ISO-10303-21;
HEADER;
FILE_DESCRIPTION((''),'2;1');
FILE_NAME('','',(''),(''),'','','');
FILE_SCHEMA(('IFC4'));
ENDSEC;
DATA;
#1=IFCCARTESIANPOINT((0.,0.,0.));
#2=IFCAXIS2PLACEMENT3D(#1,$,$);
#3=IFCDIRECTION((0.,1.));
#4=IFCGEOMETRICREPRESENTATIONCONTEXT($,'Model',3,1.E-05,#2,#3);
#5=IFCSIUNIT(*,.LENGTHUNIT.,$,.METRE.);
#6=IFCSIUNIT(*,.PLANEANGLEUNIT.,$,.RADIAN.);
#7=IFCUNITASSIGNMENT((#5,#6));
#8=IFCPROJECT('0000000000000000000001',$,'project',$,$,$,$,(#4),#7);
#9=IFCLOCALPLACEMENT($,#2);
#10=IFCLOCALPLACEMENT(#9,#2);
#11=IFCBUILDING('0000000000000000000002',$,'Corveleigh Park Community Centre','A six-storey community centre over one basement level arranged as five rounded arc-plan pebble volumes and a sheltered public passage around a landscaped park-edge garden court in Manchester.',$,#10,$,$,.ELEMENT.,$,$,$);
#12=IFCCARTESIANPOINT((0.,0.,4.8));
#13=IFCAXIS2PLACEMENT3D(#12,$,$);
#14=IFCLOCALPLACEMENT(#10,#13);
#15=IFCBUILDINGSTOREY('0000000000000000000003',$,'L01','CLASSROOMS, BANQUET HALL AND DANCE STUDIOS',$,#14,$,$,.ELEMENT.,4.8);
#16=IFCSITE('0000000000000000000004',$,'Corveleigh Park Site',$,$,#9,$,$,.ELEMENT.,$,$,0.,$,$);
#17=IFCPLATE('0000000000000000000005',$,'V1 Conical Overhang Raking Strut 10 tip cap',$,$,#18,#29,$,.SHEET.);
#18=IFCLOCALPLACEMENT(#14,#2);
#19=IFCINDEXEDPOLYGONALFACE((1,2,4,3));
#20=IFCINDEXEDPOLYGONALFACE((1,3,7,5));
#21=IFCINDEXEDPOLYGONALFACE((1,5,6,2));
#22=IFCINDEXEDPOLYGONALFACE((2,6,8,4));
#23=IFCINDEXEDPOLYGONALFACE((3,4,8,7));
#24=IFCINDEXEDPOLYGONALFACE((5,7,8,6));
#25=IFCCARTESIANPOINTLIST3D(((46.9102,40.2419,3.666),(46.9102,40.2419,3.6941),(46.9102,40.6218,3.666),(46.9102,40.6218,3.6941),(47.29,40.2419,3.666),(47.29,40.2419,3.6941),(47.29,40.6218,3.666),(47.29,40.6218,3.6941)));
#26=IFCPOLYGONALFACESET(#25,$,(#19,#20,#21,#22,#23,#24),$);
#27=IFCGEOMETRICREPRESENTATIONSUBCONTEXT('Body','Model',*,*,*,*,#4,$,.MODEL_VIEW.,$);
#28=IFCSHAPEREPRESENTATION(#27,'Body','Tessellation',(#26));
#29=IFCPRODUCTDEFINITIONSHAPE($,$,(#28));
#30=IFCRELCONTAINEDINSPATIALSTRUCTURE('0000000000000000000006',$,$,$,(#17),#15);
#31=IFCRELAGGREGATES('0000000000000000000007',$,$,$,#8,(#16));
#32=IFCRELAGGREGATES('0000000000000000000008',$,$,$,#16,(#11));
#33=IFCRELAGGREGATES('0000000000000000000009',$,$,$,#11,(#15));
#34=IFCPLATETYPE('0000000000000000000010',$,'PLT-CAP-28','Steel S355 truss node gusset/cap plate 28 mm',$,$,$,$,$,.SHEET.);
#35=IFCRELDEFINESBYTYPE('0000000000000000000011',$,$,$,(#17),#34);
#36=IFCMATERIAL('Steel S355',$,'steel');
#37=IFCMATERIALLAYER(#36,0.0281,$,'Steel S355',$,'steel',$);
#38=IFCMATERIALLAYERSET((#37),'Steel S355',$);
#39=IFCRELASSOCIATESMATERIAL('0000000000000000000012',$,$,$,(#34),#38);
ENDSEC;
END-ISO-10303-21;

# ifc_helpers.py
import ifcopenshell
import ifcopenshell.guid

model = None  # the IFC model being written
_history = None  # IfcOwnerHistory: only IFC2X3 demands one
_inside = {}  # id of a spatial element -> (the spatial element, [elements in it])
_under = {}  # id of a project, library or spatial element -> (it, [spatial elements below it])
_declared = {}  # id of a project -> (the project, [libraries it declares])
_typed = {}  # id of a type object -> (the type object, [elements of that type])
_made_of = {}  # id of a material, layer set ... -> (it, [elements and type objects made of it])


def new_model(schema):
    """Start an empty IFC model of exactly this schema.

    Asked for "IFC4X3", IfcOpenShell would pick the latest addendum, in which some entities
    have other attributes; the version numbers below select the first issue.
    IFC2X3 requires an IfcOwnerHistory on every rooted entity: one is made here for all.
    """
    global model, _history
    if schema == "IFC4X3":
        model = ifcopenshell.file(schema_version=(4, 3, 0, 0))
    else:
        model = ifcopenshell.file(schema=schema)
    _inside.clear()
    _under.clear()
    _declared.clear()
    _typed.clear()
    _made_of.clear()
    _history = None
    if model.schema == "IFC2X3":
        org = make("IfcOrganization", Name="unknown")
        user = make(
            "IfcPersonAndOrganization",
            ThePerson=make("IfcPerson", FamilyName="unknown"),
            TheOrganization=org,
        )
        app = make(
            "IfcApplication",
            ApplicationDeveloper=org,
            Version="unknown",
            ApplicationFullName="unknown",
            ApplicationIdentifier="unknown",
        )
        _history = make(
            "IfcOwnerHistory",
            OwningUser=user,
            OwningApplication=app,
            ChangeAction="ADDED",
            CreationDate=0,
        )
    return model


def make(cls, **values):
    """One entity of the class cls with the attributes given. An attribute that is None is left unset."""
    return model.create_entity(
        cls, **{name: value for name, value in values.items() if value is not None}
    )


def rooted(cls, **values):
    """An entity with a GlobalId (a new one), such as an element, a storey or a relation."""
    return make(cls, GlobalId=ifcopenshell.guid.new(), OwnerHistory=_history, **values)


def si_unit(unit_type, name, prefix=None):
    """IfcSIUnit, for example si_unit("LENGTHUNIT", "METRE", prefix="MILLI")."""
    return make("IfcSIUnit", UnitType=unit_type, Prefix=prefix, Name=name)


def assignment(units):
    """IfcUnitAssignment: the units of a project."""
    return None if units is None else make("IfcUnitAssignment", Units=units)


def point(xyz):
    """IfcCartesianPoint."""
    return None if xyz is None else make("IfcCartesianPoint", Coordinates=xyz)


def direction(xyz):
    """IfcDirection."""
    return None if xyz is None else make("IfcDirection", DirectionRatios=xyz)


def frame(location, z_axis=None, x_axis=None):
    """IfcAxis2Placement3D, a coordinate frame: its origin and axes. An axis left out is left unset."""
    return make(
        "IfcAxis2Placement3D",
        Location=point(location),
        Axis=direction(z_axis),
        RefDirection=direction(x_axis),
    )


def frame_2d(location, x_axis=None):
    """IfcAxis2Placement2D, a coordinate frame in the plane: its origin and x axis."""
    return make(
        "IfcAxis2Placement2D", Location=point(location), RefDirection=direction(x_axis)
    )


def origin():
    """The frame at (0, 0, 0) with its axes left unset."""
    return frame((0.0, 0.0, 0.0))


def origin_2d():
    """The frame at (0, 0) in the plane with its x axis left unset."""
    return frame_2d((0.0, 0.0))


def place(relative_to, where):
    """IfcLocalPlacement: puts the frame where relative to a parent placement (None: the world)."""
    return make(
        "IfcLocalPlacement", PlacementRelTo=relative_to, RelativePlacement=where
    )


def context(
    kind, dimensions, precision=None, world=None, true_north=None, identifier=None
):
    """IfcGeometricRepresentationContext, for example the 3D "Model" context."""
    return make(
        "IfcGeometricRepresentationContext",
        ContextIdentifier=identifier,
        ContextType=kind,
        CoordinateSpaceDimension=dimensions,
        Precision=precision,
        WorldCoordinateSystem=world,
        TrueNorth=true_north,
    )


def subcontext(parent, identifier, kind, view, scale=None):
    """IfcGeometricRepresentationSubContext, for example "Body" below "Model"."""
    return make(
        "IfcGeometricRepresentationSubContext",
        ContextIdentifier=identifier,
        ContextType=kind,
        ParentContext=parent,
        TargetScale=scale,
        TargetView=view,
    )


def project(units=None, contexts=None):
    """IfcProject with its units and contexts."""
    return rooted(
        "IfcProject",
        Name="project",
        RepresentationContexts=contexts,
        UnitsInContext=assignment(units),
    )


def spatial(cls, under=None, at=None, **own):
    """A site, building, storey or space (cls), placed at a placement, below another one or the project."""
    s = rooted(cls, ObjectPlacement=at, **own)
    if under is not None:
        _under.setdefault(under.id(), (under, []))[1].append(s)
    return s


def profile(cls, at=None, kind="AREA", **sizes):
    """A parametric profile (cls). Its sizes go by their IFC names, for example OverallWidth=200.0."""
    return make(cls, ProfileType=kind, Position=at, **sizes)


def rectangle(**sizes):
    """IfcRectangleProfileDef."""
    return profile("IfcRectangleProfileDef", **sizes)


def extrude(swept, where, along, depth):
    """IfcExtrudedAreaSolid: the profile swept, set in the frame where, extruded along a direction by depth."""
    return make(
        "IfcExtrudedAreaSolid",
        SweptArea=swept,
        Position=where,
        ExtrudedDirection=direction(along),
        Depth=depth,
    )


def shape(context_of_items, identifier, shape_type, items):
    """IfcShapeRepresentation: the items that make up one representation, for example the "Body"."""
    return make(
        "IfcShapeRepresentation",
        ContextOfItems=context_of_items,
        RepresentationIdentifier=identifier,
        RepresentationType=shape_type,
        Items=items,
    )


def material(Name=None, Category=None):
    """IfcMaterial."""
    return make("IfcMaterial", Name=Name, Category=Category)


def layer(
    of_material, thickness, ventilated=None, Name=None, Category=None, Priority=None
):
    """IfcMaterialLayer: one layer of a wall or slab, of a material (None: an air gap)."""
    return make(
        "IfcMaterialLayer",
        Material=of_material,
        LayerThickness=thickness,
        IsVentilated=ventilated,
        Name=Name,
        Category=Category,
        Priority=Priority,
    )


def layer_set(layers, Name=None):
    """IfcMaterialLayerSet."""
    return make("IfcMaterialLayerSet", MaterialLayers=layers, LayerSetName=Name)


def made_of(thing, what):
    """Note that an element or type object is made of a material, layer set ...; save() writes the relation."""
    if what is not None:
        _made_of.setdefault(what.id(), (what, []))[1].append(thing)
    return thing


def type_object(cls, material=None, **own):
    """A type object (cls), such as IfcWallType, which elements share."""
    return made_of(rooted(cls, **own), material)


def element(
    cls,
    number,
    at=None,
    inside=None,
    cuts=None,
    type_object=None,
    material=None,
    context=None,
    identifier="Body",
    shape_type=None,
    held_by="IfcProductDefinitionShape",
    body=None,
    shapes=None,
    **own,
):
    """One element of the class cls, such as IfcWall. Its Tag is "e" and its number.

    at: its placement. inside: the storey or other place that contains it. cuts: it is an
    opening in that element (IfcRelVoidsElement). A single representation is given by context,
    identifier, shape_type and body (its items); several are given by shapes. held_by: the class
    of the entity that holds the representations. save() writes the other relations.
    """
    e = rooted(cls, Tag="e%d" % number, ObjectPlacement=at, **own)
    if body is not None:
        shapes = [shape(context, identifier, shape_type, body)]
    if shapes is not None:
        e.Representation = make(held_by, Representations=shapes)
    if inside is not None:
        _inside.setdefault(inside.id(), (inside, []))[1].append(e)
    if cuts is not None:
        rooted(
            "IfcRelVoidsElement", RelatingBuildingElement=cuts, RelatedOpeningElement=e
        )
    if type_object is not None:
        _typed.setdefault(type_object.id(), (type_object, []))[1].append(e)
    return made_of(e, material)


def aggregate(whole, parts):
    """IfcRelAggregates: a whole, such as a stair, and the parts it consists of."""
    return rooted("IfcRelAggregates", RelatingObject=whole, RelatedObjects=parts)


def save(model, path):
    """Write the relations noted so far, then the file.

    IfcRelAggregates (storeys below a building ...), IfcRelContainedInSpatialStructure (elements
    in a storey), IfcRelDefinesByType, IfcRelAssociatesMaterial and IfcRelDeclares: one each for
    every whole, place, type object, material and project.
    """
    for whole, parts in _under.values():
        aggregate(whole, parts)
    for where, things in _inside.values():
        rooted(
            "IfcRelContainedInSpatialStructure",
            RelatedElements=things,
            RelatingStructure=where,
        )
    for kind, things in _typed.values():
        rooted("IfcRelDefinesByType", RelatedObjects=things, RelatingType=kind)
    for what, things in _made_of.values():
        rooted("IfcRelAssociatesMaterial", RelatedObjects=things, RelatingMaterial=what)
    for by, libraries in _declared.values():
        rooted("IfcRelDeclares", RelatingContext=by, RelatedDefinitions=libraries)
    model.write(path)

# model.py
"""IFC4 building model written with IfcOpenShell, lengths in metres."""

from ifc_helpers import new_model, si_unit, direction, frame, origin, origin_2d, place, context, subcontext, project, spatial, rectangle, extrude, material, layer, layer_set, type_object, element, save


model = new_model("IFC4")

# Units and contexts
model_context = context("Model", 3, precision=1e-05, world=origin(), true_north=direction((0.0, 1.0)))
body_context = subcontext(model_context, "Body", "Model", "MODEL_VIEW")
ifc_project = project(units=[si_unit("LENGTHUNIT", "METRE"), si_unit("PLANEANGLEUNIT", "RADIAN")], contexts=[model_context])

# Site, building, storey
site_placement = place(None, origin())
site = spatial("IfcSite", under=ifc_project, at=site_placement, Name="Corveleigh Park Site", CompositionType="ELEMENT", RefElevation=0.0)
building_placement = place(site_placement, origin())
building = spatial("IfcBuilding", under=site, at=building_placement, Name="Corveleigh Park Community Centre", Description="A six-storey community centre over one basement level arranged as five rounded arc-plan pebble volumes and a sheltered public passage around a landscaped park-edge garden court in Manchester.", CompositionType="ELEMENT")
storey_placement = place(building_placement, frame((0.0, 0.0, 4.8)))
storey = spatial("IfcBuildingStorey", under=building, at=storey_placement, Name="L01", Description="CLASSROOMS, BANQUET HALL AND DANCE STUDIOS", CompositionType="ELEMENT", Elevation=4.8)

# Plate
ifc_material_1 = material(Name="Steel S355", Category="steel")
ifc_layer_1 = layer(ifc_material_1, 0.0281, Name="Steel S355", Category="steel")
ifc_layer_set_1 = layer_set([ifc_layer_1], Name="Steel S355")
plate_type_1 = type_object("IfcPlateType", Name="PLT-CAP-28", Description="Steel S355 truss node gusset/cap plate 28 mm", PredefinedType="SHEET", material=ifc_layer_set_1)
plate_1_placement = place(storey_placement, frame((47.1001, 40.4319, 3.666), z_axis=(0.0, 0.0, 1.0), x_axis=(1.0, 0.0, 0.0)))
element("IfcPlate", 1, at=plate_1_placement, inside=storey, type_object=plate_type_1, Name="V1 Conical Overhang Raking Strut 10 tip cap", PredefinedType="SHEET", context=body_context, shape_type="SweptSolid", body=[
    extrude(rectangle(XDim=0.3799, YDim=0.3799, at=origin_2d()), origin(), (0.0, 0.0, 1.0), 0.0281),
])

save(model, "model.ifc")
